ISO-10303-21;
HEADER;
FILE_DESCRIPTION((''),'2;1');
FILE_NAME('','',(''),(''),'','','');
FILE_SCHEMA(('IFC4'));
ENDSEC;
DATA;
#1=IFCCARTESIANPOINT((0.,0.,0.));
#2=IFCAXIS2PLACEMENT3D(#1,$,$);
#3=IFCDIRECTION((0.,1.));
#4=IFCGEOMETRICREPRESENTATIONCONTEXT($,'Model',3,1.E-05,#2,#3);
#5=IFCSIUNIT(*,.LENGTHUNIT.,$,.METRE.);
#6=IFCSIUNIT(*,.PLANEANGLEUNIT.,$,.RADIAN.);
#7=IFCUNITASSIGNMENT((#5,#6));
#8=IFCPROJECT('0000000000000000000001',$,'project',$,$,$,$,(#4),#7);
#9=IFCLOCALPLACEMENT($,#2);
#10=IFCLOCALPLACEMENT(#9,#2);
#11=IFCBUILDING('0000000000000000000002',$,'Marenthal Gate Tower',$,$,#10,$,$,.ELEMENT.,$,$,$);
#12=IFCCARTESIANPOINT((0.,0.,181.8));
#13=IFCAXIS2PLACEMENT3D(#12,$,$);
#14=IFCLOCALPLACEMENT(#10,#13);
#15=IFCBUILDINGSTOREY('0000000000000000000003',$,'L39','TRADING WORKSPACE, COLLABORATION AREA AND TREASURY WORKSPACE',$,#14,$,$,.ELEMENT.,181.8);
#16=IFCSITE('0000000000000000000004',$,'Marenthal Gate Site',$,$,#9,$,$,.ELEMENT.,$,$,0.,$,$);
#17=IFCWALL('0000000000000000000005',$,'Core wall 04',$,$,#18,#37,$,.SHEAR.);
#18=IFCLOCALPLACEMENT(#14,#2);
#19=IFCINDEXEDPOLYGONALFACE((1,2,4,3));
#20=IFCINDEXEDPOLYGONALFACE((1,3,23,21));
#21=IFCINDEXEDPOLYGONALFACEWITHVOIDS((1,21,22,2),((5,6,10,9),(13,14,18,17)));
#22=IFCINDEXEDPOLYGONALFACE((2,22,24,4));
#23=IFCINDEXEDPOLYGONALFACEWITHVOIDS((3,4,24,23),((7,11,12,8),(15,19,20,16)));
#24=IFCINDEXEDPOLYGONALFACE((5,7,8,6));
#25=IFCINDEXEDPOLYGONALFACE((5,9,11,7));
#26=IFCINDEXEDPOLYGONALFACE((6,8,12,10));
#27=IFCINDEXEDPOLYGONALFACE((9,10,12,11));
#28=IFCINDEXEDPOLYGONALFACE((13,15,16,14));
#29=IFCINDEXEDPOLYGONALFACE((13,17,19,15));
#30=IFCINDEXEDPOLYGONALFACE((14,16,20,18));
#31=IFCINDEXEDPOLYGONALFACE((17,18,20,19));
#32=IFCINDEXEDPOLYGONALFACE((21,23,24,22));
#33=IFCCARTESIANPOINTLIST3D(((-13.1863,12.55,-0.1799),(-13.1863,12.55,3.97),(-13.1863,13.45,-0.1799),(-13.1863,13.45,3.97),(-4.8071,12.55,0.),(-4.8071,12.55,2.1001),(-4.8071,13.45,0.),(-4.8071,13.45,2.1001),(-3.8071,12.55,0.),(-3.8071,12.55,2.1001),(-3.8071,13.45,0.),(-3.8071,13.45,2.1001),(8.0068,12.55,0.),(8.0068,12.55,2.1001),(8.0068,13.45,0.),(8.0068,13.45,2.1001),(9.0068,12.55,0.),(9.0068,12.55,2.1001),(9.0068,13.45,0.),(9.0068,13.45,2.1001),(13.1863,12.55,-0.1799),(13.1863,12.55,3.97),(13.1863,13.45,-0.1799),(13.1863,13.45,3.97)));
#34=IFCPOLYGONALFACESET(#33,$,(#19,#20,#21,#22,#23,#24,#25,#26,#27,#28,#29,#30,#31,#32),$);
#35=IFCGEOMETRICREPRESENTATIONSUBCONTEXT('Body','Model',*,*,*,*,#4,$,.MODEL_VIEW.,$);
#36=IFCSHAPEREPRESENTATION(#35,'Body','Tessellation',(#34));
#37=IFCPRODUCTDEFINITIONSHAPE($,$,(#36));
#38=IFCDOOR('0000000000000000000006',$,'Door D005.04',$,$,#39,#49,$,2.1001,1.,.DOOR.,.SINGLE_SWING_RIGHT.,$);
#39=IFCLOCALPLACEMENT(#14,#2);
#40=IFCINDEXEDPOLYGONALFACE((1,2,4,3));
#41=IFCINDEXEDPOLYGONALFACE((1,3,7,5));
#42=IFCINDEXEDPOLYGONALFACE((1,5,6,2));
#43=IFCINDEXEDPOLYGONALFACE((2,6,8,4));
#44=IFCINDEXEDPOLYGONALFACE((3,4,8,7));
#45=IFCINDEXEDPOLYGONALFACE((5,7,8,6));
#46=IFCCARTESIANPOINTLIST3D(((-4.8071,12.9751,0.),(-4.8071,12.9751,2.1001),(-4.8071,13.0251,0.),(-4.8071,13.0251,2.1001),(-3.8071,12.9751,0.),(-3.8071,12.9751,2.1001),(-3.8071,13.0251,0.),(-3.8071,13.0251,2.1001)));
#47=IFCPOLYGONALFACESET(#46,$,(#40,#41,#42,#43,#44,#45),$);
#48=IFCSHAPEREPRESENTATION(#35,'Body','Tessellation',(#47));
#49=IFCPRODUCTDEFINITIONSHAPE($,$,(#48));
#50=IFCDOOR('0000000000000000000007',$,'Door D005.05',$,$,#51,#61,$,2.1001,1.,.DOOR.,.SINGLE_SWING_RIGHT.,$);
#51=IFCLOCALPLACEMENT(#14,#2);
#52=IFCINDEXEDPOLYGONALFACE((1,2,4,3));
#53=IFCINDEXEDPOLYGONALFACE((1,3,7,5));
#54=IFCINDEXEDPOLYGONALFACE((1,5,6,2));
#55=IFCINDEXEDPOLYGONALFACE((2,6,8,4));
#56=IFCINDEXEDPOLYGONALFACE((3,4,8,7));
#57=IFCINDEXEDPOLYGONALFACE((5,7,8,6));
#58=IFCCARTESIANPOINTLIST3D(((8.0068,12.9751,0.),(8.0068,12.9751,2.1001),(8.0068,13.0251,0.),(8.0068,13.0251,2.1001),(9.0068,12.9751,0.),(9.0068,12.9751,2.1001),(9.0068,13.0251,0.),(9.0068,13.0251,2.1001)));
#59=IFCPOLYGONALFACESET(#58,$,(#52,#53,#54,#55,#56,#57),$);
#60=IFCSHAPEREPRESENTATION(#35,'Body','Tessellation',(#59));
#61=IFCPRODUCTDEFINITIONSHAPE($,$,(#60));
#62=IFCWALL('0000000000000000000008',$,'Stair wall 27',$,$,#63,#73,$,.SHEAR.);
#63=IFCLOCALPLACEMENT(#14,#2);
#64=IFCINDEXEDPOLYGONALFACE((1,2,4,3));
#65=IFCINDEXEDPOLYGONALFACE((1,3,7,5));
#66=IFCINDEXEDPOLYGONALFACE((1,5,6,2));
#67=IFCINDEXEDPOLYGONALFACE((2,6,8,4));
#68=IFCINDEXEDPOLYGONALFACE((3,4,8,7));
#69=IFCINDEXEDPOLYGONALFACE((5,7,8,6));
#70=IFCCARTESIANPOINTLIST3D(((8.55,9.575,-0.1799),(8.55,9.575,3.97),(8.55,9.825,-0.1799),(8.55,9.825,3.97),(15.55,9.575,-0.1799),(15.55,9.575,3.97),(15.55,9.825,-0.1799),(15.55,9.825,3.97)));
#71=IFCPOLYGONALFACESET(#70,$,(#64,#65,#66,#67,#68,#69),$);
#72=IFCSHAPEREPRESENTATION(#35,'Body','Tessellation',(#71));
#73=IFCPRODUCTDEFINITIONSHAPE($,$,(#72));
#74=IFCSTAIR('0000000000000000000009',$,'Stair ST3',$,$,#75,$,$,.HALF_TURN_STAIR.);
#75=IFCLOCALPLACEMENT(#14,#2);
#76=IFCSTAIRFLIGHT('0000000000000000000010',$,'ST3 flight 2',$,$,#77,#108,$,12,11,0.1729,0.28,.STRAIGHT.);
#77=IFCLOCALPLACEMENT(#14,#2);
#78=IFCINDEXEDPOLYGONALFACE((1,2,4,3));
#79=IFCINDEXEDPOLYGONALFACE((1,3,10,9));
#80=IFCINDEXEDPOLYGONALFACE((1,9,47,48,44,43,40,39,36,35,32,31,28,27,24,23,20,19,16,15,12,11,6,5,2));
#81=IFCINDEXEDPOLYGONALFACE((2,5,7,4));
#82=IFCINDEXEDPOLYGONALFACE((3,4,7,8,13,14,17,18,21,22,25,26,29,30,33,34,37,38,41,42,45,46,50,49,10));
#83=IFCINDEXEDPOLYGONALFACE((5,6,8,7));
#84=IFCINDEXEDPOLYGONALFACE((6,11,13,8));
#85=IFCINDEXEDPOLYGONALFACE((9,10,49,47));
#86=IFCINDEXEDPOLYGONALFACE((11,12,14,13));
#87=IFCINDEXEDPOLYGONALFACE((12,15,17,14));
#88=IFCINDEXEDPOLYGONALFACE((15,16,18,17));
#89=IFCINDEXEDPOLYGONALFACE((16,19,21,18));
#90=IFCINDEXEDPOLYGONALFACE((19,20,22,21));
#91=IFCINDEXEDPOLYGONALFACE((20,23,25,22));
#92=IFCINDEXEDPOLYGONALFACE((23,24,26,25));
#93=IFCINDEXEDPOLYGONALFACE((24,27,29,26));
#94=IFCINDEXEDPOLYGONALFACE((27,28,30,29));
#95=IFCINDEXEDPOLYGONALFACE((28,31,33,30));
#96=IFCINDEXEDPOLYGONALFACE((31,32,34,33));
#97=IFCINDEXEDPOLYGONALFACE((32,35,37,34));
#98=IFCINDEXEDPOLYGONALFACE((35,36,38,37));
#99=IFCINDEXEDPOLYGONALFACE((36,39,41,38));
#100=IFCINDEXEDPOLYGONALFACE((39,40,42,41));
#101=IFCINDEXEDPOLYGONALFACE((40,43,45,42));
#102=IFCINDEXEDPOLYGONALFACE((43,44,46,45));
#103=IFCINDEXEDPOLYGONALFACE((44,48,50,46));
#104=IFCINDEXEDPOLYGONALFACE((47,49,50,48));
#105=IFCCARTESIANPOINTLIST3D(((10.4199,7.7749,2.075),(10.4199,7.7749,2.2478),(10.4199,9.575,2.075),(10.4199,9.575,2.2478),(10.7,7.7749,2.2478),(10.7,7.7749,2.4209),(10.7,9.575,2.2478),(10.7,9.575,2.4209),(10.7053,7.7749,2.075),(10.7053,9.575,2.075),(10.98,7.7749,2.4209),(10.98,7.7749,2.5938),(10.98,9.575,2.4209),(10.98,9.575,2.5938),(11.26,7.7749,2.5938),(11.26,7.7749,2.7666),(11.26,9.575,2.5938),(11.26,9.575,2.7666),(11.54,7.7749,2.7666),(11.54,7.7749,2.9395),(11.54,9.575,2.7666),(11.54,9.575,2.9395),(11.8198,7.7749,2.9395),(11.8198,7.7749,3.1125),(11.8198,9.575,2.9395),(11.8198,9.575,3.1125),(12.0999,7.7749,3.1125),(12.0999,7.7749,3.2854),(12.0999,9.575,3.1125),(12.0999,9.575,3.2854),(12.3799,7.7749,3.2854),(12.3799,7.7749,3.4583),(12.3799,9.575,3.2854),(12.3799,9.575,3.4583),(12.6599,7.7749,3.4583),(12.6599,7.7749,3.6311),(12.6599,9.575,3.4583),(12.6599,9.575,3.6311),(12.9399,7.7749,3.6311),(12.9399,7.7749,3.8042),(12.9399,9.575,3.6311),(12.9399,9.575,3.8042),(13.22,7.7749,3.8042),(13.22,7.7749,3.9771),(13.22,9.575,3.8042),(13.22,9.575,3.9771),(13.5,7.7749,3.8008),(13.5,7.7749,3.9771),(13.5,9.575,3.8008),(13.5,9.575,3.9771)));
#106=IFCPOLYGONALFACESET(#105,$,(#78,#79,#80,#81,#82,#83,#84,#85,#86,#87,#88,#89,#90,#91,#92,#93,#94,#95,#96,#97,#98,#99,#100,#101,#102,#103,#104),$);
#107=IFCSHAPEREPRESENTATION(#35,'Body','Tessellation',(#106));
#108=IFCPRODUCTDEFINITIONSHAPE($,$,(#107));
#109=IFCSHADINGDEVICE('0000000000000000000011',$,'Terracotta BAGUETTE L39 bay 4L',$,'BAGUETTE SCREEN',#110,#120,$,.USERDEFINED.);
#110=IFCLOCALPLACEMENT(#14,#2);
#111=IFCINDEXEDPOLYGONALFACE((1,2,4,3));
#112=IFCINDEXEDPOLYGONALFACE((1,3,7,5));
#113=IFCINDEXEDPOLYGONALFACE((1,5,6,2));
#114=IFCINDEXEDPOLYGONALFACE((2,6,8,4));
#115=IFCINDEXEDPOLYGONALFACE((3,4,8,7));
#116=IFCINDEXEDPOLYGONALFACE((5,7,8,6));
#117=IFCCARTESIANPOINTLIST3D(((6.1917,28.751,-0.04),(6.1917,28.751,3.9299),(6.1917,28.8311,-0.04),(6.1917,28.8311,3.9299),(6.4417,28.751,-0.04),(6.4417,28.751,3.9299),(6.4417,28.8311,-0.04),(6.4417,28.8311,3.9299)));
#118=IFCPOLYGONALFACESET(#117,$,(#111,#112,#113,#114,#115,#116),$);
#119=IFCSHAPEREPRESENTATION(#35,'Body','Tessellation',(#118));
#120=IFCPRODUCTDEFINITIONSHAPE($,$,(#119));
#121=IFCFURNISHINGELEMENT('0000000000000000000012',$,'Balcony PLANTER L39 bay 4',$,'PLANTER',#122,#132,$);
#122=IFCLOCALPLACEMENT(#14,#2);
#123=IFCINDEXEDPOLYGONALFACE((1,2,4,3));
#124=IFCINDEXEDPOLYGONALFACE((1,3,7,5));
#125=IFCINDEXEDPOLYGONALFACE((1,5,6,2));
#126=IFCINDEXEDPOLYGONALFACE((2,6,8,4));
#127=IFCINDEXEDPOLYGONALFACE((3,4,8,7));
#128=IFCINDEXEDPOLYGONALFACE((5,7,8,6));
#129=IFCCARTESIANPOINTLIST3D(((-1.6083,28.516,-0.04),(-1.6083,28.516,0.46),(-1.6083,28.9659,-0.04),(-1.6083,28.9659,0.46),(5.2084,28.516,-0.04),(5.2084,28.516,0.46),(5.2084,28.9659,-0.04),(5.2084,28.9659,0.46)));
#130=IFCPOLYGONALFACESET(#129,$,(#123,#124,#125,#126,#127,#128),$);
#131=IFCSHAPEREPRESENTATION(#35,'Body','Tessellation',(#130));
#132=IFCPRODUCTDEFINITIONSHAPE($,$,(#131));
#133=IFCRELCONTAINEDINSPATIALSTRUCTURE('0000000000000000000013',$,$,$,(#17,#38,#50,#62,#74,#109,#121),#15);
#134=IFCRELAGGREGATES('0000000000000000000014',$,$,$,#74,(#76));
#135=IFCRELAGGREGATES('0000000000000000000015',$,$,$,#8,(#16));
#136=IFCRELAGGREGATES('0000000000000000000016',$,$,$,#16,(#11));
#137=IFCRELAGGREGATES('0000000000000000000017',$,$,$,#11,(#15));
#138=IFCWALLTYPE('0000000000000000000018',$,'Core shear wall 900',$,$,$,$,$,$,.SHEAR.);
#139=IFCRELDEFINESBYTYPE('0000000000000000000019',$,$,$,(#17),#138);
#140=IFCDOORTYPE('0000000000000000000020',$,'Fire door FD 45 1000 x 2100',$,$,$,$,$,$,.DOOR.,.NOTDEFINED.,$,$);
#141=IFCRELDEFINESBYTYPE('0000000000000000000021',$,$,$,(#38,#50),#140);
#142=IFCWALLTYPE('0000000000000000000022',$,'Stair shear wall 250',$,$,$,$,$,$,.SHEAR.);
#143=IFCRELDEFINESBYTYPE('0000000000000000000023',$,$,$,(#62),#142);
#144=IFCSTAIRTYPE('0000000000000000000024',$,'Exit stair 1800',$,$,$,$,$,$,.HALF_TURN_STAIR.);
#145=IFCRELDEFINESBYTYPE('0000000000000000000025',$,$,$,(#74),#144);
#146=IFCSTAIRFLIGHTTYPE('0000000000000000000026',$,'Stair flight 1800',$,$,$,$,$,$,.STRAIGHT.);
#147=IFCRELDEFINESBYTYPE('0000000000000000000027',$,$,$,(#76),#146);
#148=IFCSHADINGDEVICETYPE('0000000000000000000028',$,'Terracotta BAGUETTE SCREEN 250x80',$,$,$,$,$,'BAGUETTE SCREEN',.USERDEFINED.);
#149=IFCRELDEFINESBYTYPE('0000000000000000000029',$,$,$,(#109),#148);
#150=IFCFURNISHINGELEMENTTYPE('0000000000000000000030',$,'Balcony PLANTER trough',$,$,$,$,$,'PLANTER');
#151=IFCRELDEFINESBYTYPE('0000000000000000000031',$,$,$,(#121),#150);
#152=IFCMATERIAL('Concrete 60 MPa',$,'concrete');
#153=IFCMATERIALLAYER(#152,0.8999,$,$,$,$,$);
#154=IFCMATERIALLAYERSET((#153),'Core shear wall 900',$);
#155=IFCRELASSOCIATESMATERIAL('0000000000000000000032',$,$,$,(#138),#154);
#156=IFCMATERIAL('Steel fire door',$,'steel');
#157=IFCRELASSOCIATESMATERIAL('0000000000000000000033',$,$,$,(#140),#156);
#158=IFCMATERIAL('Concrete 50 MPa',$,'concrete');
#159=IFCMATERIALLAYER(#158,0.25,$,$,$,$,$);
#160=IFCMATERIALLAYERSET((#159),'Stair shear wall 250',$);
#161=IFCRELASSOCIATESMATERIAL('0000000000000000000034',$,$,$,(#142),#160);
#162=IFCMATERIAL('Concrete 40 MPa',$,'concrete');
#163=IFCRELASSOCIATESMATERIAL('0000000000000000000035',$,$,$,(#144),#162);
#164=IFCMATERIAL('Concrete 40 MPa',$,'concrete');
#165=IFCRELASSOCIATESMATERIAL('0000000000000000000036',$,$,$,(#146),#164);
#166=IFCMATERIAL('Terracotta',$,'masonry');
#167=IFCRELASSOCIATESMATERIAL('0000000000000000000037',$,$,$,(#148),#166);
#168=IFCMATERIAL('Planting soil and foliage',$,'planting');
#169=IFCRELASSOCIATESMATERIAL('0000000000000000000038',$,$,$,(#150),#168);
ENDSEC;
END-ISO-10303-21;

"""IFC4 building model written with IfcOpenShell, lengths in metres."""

from ifc_helpers import new_model, si_unit, direction, frame, frame_2d, origin, origin_2d, place, context, subcontext, project, spatial, polyline, rectangle, outline, extrude, material, layer, layer_set, material_profile, profile_set, type_object, element, fill, aggregate, save


model = new_model("IFC4")

# Units and contexts
model_context = context("Model", 3, precision=1e-05, world=origin(), true_north=direction((0.0, 1.0)))
body_context = subcontext(model_context, "Body", "Model", "MODEL_VIEW")
ifc_project = project(units=[si_unit("LENGTHUNIT", "METRE"), si_unit("PLANEANGLEUNIT", "RADIAN")], contexts=[model_context])

# Site, building, storey
site_placement = place(None, origin())
site = spatial("IfcSite", under=ifc_project, at=site_placement, Name="Marenthal Gate Site", CompositionType="ELEMENT", RefElevation=0.0)
building_placement = place(site_placement, origin())
building = spatial("IfcBuilding", under=site, at=building_placement, Name="Marenthal Gate Tower", CompositionType="ELEMENT")
storey_placement = place(building_placement, frame((0.0, 0.0, 181.8)))
storey = spatial("IfcBuildingStorey", under=building, at=storey_placement, Name="L39", Description="TRADING WORKSPACE, COLLABORATION AREA AND TREASURY WORKSPACE", CompositionType="ELEMENT", Elevation=181.8)

# Wall, openings, doors
ifc_material_1 = material(Name="Concrete 60 MPa", Category="concrete")
ifc_layer_1 = layer(ifc_material_1, 0.8999)
ifc_layer_set_1 = layer_set([ifc_layer_1], Name="Core shear wall 900")
wall_type_1 = type_object("IfcWallType", Name="Core shear wall 900", PredefinedType="SHEAR", material=ifc_layer_set_1)
wall_1_placement = place(storey_placement, frame((13.1863, 13.0, -0.1799), z_axis=(0.0, 0.0, 1.0), x_axis=(-1.0, 0.0, 0.0)))
wall_1 = element("IfcWall", 1, at=wall_1_placement, inside=storey, type_object=wall_type_1, Name="Core wall 04", PredefinedType="SHEAR", context=body_context, shape_type="SweptSolid", body=[
    extrude(rectangle(XDim=26.3726, YDim=0.8999, at=frame_2d((13.1863, 0.0))), origin(), (0.0, 0.0, 1.0), 4.1499),
])
opening_1_placement = place(wall_1_placement, frame((16.9934, 0.0, 0.1799)))
opening_1 = element("IfcOpeningElement", 2, at=opening_1_placement, cuts=wall_1, PredefinedType="OPENING", context=body_context, shape_type="SweptSolid", body=[
    extrude(rectangle(XDim=1.0, YDim=2.1001, at=frame_2d((0.5, 1.05))), frame((0.0, 0.46, 0.0), z_axis=(0.0, -1.0, 0.0), x_axis=(1.0, 0.0, 0.0)), (0.0, 0.0, 1.0), 0.9199),
])
opening_2_placement = place(wall_1_placement, frame((4.1794, 0.0, 0.1799)))
opening_2 = element("IfcOpeningElement", 3, at=opening_2_placement, cuts=wall_1, PredefinedType="OPENING", context=body_context, shape_type="SweptSolid", body=[
    extrude(rectangle(XDim=1.0, YDim=2.1001, at=frame_2d((0.5, 1.05))), frame((0.0, 0.46, 0.0), z_axis=(0.0, -1.0, 0.0), x_axis=(1.0, 0.0, 0.0)), (0.0, 0.0, 1.0), 0.9199),
])
ifc_material_2 = material(Name="Steel fire door", Category="steel")
door_type_1 = type_object("IfcDoorType", Name="Fire door FD 45 1000 x 2100", OperationType="NOTDEFINED", PredefinedType="DOOR", material=ifc_material_2)
door_1_placement = place(opening_1_placement, origin())
door_1 = element("IfcDoor", 4, at=door_1_placement, inside=storey, type_object=door_type_1, Name="Door D005.04", OperationType="SINGLE_SWING_RIGHT", OverallHeight=2.1001, OverallWidth=1.0, PredefinedType="DOOR", context=body_context, shape_type="SweptSolid", body=[
    extrude(rectangle(XDim=1.0, YDim=2.1001, at=frame_2d((0.5, 1.05))), frame((0.0, 0.0249, 0.0), z_axis=(0.0, -1.0, 0.0), x_axis=(1.0, 0.0, 0.0)), (0.0, 0.0, 1.0), 0.05),
])
fill(opening_1, door_1)
door_2_placement = place(opening_2_placement, origin())
door_2 = element("IfcDoor", 5, at=door_2_placement, inside=storey, type_object=door_type_1, Name="Door D005.05", OperationType="SINGLE_SWING_RIGHT", OverallHeight=2.1001, OverallWidth=1.0, PredefinedType="DOOR", context=body_context, shape_type="SweptSolid", body=[
    extrude(rectangle(XDim=1.0, YDim=2.1001, at=frame_2d((0.5, 1.05))), frame((0.0, 0.0249, 0.0), z_axis=(0.0, -1.0, 0.0), x_axis=(1.0, 0.0, 0.0)), (0.0, 0.0, 1.0), 0.05),
])
fill(opening_2, door_2)

# Wall
ifc_material_3 = material(Name="Concrete 50 MPa", Category="concrete")
ifc_layer_2 = layer(ifc_material_3, 0.25)
ifc_layer_set_2 = layer_set([ifc_layer_2], Name="Stair shear wall 250")
wall_type_2 = type_object("IfcWallType", Name="Stair shear wall 250", PredefinedType="SHEAR", material=ifc_layer_set_2)
wall_2_placement = place(storey_placement, frame((8.55, 9.7, -0.1799), z_axis=(0.0, 0.0, 1.0), x_axis=(1.0, 0.0, 0.0)))
element("IfcWall", 6, at=wall_2_placement, inside=storey, type_object=wall_type_2, Name="Stair wall 27", PredefinedType="SHEAR", context=body_context, shape_type="SweptSolid", body=[
    extrude(rectangle(XDim=7.0, YDim=0.25, at=frame_2d((3.5, 0.0))), origin(), (0.0, 0.0, 1.0), 4.1499),
])

# Stair, stair flight
ifc_material_4 = material(Name="Concrete 40 MPa", Category="concrete")
stair_type = type_object("IfcStairType", Name="Exit stair 1800", PredefinedType="HALF_TURN_STAIR", material=ifc_material_4)
stair_placement = place(storey_placement, origin())
stair = element("IfcStair", 7, at=stair_placement, inside=storey, type_object=stair_type, Name="Stair ST3", PredefinedType="HALF_TURN_STAIR")
ifc_material_5 = material(Name="Concrete 40 MPa", Category="concrete")
stair_flight_type = type_object("IfcStairFlightType", Name="Stair flight 1800", PredefinedType="STRAIGHT", material=ifc_material_5)
stair_flight_placement = place(storey_placement, frame((10.4199, 8.675, 2.075), z_axis=(0.0, 0.0, 1.0), x_axis=(1.0, 0.0, 0.0)))
stair_flight = element("IfcStairFlight", 8, at=stair_flight_placement, type_object=stair_flight_type, Name="ST3 flight 2", NumberOfRisers=12, NumberOfTreads=11, PredefinedType="STRAIGHT", RiserHeight=0.1729, TreadLength=0.28, context=body_context, shape_type="SweptSolid", body=[
    extrude(outline(polyline([(0.0, 0.0), (0.0, 0.1729), (0.28, 0.1729), (0.28, 0.3459), (0.5601, 0.3459), (0.5601, 0.5188), (0.8401, 0.5188), (0.8401, 0.6917), (1.1201, 0.6917), (1.1201, 0.8645), (1.3999, 0.8645), (1.3999, 1.0376), (1.6799, 1.0376), (1.6799, 1.2104), (1.96, 1.2104), (1.96, 1.3833), (2.24, 1.3833), (2.24, 1.5562), (2.52, 1.5562), (2.52, 1.7292), (2.8, 1.7292), (2.8, 1.9021), (3.0801, 1.9021), (3.0801, 2.075), (3.0801, 1.7258), (0.2854, 0.0), (0.0, 0.0)])), frame((0.0, 0.8999, 0.0), z_axis=(0.0, -1.0, 0.0), x_axis=(1.0, 0.0, 0.0)), (0.0, 0.0, 1.0), 1.8),
])
aggregate(stair, [stair_flight])

# Shading device
ifc_material_6 = material(Name="Terracotta", Category="masonry")
ifc_material_profile_1 = material_profile(ifc_material_6, rectangle(XDim=0.25, YDim=0.0801, at=origin_2d()), Name="Terracotta baguette 250x80")
ifc_profile_set_1 = profile_set([ifc_material_profile_1], Name="Terracotta")
shading_device_type = type_object("IfcShadingDeviceType", Name="Terracotta BAGUETTE SCREEN 250x80", ElementType="BAGUETTE SCREEN", PredefinedType="USERDEFINED", material=ifc_profile_set_1)
shading_device_placement = place(storey_placement, frame((6.3167, 28.791, -0.04), z_axis=(0.0, 0.0, 1.0), x_axis=(-1.0, 0.0, 0.0)))
element("IfcShadingDevice", 9, at=shading_device_placement, inside=storey, type_object=shading_device_type, Name="Terracotta BAGUETTE L39 bay 4L", ObjectType="BAGUETTE SCREEN", PredefinedType="USERDEFINED", context=body_context, shape_type="SweptSolid", body=[
    extrude(rectangle(XDim=0.25, YDim=0.0801, at=origin_2d()), origin(), (0.0, 0.0, 1.0), 3.97),
])

# Furnishing element
ifc_material_7 = material(Name="Planting soil and foliage", Category="planting")
furnishing_element_type = type_object("IfcFurnishingElementType", Name="Balcony PLANTER trough", ElementType="PLANTER", material=ifc_material_7)
furnishing_placement = place(storey_placement, frame((1.8, 28.741, -0.04), z_axis=(0.0, 0.0, 1.0), x_axis=(-1.0, 0.0, 0.0)))
element("IfcFurnishingElement", 10, at=furnishing_placement, inside=storey, type_object=furnishing_element_type, Name="Balcony PLANTER L39 bay 4", ObjectType="PLANTER", context=body_context, shape_type="SweptSolid", body=[
    extrude(rectangle(XDim=6.8167, YDim=0.45, at=origin_2d()), origin(), (0.0, 0.0, 1.0), 0.5),
])

save(model, "model.ifc")
